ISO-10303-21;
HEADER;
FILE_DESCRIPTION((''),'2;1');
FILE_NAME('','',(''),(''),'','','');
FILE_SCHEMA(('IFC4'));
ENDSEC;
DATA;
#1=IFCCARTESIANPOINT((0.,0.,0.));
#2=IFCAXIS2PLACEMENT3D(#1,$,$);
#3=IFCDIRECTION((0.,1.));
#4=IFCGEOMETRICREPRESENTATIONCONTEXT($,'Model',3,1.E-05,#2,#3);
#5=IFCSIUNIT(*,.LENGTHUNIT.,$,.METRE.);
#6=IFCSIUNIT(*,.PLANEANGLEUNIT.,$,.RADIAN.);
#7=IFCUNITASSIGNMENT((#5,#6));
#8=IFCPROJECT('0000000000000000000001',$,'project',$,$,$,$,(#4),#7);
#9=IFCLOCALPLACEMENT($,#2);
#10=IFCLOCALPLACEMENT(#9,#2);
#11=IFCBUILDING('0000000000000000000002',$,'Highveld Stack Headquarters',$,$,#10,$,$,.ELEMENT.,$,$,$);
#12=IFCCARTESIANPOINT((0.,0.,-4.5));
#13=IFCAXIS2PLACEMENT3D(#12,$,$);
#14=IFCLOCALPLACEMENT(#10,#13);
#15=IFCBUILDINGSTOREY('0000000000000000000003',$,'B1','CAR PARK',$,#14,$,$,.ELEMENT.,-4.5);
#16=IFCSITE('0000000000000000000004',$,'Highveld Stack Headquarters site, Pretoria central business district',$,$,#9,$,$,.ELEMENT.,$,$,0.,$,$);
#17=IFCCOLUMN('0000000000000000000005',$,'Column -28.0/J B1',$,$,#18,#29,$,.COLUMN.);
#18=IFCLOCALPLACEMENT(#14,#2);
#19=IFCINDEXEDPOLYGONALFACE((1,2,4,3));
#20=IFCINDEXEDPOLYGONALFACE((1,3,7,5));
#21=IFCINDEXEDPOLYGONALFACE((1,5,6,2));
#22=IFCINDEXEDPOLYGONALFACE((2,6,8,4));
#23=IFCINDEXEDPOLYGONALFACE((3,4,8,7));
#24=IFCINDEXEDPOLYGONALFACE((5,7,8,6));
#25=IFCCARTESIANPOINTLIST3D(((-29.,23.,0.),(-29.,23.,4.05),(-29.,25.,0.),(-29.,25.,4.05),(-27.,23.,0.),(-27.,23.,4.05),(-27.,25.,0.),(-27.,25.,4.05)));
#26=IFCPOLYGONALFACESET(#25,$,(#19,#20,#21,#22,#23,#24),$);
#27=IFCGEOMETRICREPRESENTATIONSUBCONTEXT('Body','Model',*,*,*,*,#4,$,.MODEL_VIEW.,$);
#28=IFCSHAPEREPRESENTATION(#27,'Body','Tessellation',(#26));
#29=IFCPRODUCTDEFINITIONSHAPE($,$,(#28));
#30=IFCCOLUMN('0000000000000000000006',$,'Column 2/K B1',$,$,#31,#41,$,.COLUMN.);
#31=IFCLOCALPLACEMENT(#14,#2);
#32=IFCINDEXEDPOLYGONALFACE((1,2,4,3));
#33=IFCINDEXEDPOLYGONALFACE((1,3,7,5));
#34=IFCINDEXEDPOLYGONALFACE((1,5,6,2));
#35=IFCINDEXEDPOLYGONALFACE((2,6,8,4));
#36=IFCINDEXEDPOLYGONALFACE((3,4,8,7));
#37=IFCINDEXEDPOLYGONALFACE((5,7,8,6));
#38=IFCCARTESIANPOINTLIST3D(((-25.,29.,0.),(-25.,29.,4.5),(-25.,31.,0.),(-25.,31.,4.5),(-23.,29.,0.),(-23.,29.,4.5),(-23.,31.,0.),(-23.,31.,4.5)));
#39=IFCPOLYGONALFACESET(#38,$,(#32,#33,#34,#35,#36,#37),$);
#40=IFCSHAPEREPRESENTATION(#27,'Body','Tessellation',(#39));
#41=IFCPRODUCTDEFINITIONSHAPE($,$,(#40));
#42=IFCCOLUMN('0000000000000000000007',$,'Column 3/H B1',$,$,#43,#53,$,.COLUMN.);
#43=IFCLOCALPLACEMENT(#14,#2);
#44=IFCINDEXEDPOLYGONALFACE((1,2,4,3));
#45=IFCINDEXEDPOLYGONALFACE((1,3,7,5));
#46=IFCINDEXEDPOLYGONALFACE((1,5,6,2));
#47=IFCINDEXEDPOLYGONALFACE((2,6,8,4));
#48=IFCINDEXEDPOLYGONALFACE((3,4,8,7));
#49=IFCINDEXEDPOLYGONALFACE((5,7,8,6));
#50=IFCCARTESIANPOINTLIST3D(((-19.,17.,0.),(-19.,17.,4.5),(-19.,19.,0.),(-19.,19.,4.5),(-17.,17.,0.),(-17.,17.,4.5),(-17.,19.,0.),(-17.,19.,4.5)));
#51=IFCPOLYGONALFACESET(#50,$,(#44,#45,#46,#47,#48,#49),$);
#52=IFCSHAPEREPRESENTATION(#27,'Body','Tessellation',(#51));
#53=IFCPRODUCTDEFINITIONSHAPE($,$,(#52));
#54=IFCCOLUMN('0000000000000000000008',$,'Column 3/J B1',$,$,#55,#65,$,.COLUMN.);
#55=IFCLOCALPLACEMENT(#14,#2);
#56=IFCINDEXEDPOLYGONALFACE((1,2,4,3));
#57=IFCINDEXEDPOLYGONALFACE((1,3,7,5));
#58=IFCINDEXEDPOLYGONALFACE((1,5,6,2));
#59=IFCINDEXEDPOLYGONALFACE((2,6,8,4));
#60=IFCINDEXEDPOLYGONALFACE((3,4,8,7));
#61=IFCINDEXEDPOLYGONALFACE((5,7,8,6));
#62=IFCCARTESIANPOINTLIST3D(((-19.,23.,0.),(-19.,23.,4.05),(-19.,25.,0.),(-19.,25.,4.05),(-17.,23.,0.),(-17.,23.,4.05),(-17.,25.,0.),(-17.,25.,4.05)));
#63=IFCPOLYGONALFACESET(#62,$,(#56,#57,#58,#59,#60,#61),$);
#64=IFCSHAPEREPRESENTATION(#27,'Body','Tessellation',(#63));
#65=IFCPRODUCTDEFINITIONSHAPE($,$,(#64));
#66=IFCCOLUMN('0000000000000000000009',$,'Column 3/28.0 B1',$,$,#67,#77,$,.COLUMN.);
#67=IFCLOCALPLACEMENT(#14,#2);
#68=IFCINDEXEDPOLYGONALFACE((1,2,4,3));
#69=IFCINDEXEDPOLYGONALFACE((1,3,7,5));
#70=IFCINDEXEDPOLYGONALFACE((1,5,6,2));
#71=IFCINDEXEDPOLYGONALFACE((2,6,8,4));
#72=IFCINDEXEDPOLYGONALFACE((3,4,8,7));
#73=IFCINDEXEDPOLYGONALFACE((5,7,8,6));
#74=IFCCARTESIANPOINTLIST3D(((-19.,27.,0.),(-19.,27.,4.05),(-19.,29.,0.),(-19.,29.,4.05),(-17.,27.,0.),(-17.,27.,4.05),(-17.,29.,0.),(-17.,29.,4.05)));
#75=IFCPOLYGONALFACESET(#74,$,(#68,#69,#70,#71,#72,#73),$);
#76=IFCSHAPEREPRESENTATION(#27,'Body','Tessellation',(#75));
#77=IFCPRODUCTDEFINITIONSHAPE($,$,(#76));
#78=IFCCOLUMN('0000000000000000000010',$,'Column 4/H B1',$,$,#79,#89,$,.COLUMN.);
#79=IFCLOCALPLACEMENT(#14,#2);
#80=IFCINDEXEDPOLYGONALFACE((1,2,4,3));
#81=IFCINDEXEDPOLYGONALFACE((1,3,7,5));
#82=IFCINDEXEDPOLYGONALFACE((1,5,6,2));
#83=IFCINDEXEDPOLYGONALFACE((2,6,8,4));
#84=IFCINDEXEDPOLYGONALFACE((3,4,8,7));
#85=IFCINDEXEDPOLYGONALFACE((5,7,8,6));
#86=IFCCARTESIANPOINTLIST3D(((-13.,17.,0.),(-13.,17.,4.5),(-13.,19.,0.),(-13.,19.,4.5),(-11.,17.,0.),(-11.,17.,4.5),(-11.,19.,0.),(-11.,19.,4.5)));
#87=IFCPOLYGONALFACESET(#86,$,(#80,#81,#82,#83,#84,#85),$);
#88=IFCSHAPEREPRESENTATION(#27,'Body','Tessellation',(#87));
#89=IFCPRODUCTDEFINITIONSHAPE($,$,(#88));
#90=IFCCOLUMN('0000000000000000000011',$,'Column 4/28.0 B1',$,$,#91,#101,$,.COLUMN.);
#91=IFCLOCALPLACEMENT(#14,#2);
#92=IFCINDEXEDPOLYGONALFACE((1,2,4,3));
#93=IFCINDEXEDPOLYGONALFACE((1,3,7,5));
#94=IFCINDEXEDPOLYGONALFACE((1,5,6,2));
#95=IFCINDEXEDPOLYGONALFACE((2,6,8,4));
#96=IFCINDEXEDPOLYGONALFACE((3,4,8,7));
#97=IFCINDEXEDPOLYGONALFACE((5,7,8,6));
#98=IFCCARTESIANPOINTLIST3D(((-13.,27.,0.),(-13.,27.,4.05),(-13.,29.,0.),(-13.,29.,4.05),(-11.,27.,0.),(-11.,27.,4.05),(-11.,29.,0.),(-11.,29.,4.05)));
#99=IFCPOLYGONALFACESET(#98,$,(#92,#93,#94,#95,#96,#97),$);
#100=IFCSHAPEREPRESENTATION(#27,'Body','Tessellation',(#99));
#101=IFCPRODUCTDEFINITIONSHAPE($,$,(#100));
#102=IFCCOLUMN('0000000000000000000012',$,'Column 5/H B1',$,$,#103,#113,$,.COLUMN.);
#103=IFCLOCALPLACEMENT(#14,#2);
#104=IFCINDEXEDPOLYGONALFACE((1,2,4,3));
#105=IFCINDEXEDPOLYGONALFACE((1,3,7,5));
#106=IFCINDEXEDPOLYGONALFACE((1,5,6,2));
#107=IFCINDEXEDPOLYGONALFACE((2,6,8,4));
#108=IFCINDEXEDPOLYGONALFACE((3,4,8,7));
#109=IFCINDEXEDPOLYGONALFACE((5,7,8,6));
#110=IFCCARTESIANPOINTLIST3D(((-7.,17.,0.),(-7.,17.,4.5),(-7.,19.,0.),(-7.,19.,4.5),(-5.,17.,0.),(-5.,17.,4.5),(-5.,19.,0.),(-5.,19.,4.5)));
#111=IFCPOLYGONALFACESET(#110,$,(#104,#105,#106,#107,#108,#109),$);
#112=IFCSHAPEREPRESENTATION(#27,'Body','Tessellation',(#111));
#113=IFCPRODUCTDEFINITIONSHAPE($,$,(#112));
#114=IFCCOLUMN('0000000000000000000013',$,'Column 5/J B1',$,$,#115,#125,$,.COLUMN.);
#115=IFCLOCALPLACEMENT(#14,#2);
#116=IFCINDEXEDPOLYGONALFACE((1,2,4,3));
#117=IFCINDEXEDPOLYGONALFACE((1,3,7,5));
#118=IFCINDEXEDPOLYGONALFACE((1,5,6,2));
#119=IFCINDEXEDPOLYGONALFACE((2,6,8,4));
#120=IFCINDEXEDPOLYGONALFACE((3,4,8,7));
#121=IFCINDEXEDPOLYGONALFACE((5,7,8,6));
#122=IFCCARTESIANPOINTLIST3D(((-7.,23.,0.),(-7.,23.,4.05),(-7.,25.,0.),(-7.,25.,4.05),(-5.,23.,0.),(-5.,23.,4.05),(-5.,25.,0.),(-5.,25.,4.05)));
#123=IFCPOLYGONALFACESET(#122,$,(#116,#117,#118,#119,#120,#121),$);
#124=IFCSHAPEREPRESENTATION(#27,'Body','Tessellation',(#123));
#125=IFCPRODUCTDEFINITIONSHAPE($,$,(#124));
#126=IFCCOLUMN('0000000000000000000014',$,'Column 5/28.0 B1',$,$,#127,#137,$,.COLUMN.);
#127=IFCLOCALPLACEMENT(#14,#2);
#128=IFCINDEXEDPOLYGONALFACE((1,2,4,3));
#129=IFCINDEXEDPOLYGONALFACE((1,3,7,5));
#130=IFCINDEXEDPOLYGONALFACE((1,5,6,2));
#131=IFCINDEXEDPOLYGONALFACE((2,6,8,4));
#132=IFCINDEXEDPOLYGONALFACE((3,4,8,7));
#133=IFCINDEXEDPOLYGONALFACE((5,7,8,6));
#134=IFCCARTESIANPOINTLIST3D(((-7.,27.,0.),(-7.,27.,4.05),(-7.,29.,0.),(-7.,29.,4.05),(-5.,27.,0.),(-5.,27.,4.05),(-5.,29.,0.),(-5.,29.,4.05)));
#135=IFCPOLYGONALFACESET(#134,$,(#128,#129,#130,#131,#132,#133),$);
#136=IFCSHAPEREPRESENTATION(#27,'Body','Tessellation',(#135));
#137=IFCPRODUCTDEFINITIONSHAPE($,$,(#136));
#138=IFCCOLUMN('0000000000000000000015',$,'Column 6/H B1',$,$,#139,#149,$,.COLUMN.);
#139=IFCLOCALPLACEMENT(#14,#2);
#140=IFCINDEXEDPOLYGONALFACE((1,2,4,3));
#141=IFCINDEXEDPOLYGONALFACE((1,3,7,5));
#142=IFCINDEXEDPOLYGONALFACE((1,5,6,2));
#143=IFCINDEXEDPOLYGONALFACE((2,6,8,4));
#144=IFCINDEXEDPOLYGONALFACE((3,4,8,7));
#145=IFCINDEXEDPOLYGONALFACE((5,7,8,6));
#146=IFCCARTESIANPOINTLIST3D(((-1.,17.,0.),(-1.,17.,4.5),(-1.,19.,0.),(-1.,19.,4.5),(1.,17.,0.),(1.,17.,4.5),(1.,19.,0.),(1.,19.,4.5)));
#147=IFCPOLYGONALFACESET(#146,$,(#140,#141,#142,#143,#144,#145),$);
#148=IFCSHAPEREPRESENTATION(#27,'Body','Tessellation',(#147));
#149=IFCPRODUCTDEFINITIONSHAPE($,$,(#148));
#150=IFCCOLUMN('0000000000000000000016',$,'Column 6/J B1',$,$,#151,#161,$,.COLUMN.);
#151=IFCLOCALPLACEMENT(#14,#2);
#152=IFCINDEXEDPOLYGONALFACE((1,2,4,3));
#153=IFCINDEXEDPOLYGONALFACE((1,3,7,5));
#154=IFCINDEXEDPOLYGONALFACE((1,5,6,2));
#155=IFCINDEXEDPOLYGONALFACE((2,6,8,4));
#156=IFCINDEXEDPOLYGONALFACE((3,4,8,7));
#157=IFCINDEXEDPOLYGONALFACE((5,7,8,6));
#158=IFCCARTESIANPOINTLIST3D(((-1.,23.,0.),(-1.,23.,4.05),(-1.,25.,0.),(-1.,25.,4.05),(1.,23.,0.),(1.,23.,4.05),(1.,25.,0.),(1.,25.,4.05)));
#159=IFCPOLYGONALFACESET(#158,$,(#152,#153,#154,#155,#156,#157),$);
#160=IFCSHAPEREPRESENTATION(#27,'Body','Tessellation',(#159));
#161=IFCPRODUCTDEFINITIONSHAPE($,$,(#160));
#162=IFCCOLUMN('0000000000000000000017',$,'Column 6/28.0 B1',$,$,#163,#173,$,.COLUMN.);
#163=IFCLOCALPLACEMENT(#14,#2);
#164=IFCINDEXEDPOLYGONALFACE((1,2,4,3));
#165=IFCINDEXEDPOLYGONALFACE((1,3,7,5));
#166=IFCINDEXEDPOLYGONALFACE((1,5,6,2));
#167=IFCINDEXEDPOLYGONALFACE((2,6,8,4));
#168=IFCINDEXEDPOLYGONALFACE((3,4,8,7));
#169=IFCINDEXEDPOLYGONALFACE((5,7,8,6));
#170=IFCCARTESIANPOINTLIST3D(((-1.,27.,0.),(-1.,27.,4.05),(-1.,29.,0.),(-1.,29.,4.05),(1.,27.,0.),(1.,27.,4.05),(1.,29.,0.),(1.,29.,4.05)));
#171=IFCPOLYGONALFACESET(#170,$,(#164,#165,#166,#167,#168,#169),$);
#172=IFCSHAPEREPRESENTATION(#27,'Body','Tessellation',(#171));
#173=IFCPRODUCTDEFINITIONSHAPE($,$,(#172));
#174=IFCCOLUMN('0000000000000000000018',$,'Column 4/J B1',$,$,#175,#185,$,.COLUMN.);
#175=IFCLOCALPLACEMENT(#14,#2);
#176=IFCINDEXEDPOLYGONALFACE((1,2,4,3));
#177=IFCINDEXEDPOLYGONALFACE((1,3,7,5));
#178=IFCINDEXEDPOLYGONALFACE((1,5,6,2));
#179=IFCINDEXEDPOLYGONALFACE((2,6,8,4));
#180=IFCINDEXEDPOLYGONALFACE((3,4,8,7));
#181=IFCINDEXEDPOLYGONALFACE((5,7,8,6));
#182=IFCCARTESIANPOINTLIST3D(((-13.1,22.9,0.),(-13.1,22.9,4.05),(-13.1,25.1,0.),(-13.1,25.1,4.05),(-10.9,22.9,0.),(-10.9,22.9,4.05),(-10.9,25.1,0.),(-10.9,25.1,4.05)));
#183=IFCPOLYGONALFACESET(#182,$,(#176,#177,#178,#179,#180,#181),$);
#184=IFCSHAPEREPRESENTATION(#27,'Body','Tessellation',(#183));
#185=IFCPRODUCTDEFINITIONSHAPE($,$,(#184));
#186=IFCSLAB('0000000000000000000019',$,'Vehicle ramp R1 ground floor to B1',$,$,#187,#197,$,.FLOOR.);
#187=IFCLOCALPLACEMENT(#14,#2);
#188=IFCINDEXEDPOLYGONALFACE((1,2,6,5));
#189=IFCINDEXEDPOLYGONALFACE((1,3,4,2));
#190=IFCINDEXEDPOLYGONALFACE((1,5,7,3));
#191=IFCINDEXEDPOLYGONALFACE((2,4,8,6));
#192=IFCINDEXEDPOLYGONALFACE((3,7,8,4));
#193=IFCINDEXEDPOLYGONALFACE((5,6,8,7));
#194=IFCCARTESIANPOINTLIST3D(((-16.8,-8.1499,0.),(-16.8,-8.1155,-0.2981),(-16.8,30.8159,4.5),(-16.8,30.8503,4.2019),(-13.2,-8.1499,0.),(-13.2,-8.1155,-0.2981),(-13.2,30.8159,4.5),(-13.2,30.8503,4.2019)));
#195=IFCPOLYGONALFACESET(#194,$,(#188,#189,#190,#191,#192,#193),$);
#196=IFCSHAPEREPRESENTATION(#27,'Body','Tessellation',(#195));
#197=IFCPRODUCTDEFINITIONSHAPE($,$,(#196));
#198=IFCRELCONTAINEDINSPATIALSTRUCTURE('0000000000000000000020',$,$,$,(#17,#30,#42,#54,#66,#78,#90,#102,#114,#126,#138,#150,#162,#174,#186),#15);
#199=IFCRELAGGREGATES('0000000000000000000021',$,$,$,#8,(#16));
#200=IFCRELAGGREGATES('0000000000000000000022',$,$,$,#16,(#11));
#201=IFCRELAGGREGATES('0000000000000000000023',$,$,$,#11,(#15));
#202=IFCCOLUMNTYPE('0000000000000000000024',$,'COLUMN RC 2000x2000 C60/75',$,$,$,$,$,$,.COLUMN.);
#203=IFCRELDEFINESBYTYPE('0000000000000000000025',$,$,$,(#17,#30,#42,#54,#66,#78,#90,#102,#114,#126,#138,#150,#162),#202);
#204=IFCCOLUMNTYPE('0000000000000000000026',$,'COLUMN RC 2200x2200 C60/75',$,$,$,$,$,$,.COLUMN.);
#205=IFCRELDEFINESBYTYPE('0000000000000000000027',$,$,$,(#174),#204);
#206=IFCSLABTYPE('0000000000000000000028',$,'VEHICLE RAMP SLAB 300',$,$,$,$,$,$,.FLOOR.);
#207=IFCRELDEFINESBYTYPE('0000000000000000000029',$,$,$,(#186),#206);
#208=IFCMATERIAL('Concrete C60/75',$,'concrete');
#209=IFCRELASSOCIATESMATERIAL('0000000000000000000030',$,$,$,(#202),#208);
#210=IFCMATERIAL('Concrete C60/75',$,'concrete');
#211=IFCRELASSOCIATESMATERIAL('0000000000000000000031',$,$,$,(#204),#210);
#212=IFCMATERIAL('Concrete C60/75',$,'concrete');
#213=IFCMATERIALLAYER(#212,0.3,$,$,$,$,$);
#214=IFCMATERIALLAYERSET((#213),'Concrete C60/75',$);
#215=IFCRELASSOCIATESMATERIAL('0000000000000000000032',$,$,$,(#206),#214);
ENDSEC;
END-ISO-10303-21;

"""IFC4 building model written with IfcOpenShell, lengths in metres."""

from ifc_helpers import new_model, si_unit, direction, frame, origin, origin_2d, place, context, subcontext, project, spatial, polyline, rectangle, outline, extrude, material, layer, layer_set, material_profile, profile_set, type_object, element, save


model = new_model("IFC4")

# Units and contexts
model_context = context("Model", 3, precision=1e-05, world=origin(), true_north=direction((0.0, 1.0)))
body_context = subcontext(model_context, "Body", "Model", "MODEL_VIEW")
ifc_project = project(units=[si_unit("LENGTHUNIT", "METRE"), si_unit("PLANEANGLEUNIT", "RADIAN")], contexts=[model_context])

# Site, building, storey
site_placement = place(None, origin())
site = spatial("IfcSite", under=ifc_project, at=site_placement, Name="Highveld Stack Headquarters site, Pretoria central business district", CompositionType="ELEMENT", RefElevation=0.0)
building_placement = place(site_placement, origin())
building = spatial("IfcBuilding", under=site, at=building_placement, Name="Highveld Stack Headquarters", CompositionType="ELEMENT")
storey_placement = place(building_placement, frame((0.0, 0.0, -4.5)))
storey = spatial("IfcBuildingStorey", under=building, at=storey_placement, Name="B1", Description="CAR PARK", CompositionType="ELEMENT", Elevation=-4.5)

# Columns
ifc_material_1 = material(Name="Concrete C60/75", Category="concrete")
ifc_material_profile_1 = material_profile(ifc_material_1, rectangle(XDim=2.0, YDim=2.0, at=origin_2d()), Name="RC 2000x2000")
ifc_profile_set_1 = profile_set([ifc_material_profile_1], Name="Concrete C60/75")
column_type_1 = type_object("IfcColumnType", Name="COLUMN RC 2000x2000 C60/75", PredefinedType="COLUMN", material=ifc_profile_set_1)
column_1_placement = place(storey_placement, frame((-28.0, 24.0, 0.0), z_axis=(0.0, 0.0, 1.0), x_axis=(1.0, 0.0, 0.0)))
element("IfcColumn", 1, at=column_1_placement, inside=storey, type_object=column_type_1, Name="Column -28.0/J B1", PredefinedType="COLUMN", context=body_context, shape_type="SweptSolid", body=[
    extrude(rectangle(XDim=2.0, YDim=2.0, at=origin_2d()), origin(), (0.0, 0.0, 1.0), 4.05),
])
for number, where, z_axis, x_axis, name in (
    (2, (-24.0, 30.0, 0.0), (0.0, 0.0, 1.0), (1.0, 0.0, 0.0), "Column 2/K B1"),
    (3, (-18.0, 18.0, 0.0), (0.0, 0.0, 1.0), (1.0, 0.0, 0.0), "Column 3/H B1"),
):
    element("IfcColumn", number, at=place(storey_placement, frame(where, z_axis=z_axis, x_axis=x_axis)), inside=storey, type_object=column_type_1, Name=name, PredefinedType="COLUMN", context=body_context, shape_type="SweptSolid", body=[
        extrude(rectangle(XDim=2.0, YDim=2.0, at=origin_2d()), origin(), (0.0, 0.0, 1.0), 4.5),
    ])
for number, where, z_axis, x_axis, name in (
    (4, (-18.0, 24.0, 0.0), (0.0, 0.0, 1.0), (1.0, 0.0, 0.0), "Column 3/J B1"),
    (5, (-18.0, 28.0, 0.0), (0.0, 0.0, 1.0), (1.0, 0.0, 0.0), "Column 3/28.0 B1"),
):
    element("IfcColumn", number, at=place(storey_placement, frame(where, z_axis=z_axis, x_axis=x_axis)), inside=storey, type_object=column_type_1, Name=name, PredefinedType="COLUMN", context=body_context, shape_type="SweptSolid", body=[
        extrude(rectangle(XDim=2.0, YDim=2.0, at=origin_2d()), origin(), (0.0, 0.0, 1.0), 4.05),
    ])
column_2_placement = place(storey_placement, frame((-12.0, 18.0, 0.0), z_axis=(0.0, 0.0, 1.0), x_axis=(1.0, 0.0, 0.0)))
element("IfcColumn", 6, at=column_2_placement, inside=storey, type_object=column_type_1, Name="Column 4/H B1", PredefinedType="COLUMN", context=body_context, shape_type="SweptSolid", body=[
    extrude(rectangle(XDim=2.0, YDim=2.0, at=origin_2d()), origin(), (0.0, 0.0, 1.0), 4.5),
])
column_3_placement = place(storey_placement, frame((-12.0, 28.0, 0.0), z_axis=(0.0, 0.0, 1.0), x_axis=(1.0, 0.0, 0.0)))
element("IfcColumn", 7, at=column_3_placement, inside=storey, type_object=column_type_1, Name="Column 4/28.0 B1", PredefinedType="COLUMN", context=body_context, shape_type="SweptSolid", body=[
    extrude(rectangle(XDim=2.0, YDim=2.0, at=origin_2d()), origin(), (0.0, 0.0, 1.0), 4.05),
])
column_4_placement = place(storey_placement, frame((-6.0, 18.0, 0.0), z_axis=(0.0, 0.0, 1.0), x_axis=(1.0, 0.0, 0.0)))
element("IfcColumn", 8, at=column_4_placement, inside=storey, type_object=column_type_1, Name="Column 5/H B1", PredefinedType="COLUMN", context=body_context, shape_type="SweptSolid", body=[
    extrude(rectangle(XDim=2.0, YDim=2.0, at=origin_2d()), origin(), (0.0, 0.0, 1.0), 4.5),
])
for number, where, z_axis, x_axis, name in (
    (9, (-6.0, 24.0, 0.0), (0.0, 0.0, 1.0), (1.0, 0.0, 0.0), "Column 5/J B1"),
    (10, (-6.0, 28.0, 0.0), (0.0, 0.0, 1.0), (1.0, 0.0, 0.0), "Column 5/28.0 B1"),
):
    element("IfcColumn", number, at=place(storey_placement, frame(where, z_axis=z_axis, x_axis=x_axis)), inside=storey, type_object=column_type_1, Name=name, PredefinedType="COLUMN", context=body_context, shape_type="SweptSolid", body=[
        extrude(rectangle(XDim=2.0, YDim=2.0, at=origin_2d()), origin(), (0.0, 0.0, 1.0), 4.05),
    ])
column_5_placement = place(storey_placement, frame((0.0, 18.0, 0.0), z_axis=(0.0, 0.0, 1.0), x_axis=(1.0, 0.0, 0.0)))
element("IfcColumn", 11, at=column_5_placement, inside=storey, type_object=column_type_1, Name="Column 6/H B1", PredefinedType="COLUMN", context=body_context, shape_type="SweptSolid", body=[
    extrude(rectangle(XDim=2.0, YDim=2.0, at=origin_2d()), origin(), (0.0, 0.0, 1.0), 4.5),
])
for number, where, z_axis, x_axis, name in (
    (12, (0.0, 24.0, 0.0), (0.0, 0.0, 1.0), (1.0, 0.0, 0.0), "Column 6/J B1"),
    (13, (0.0, 28.0, 0.0), (0.0, 0.0, 1.0), (1.0, 0.0, 0.0), "Column 6/28.0 B1"),
):
    element("IfcColumn", number, at=place(storey_placement, frame(where, z_axis=z_axis, x_axis=x_axis)), inside=storey, type_object=column_type_1, Name=name, PredefinedType="COLUMN", context=body_context, shape_type="SweptSolid", body=[
        extrude(rectangle(XDim=2.0, YDim=2.0, at=origin_2d()), origin(), (0.0, 0.0, 1.0), 4.05),
    ])
ifc_material_2 = material(Name="Concrete C60/75", Category="concrete")
ifc_material_profile_2 = material_profile(ifc_material_2, rectangle(XDim=2.2, YDim=2.2, at=origin_2d()), Name="RC 2200x2200")
ifc_profile_set_2 = profile_set([ifc_material_profile_2], Name="Concrete C60/75")
column_type_2 = type_object("IfcColumnType", Name="COLUMN RC 2200x2200 C60/75", PredefinedType="COLUMN", material=ifc_profile_set_2)
column_6_placement = place(storey_placement, frame((-12.0, 24.0, 0.0), z_axis=(0.0, 0.0, 1.0), x_axis=(1.0, 0.0, 0.0)))
element("IfcColumn", 14, at=column_6_placement, inside=storey, type_object=column_type_2, Name="Column 4/J B1", PredefinedType="COLUMN", context=body_context, shape_type="SweptSolid", body=[
    extrude(rectangle(XDim=2.2, YDim=2.2, at=origin_2d()), origin(), (0.0, 0.0, 1.0), 4.05),
])

# Slab
ifc_material_3 = material(Name="Concrete C60/75", Category="concrete")
ifc_layer_1 = layer(ifc_material_3, 0.3)
ifc_layer_set_1 = layer_set([ifc_layer_1], Name="Concrete C60/75")
slab_type = type_object("IfcSlabType", Name="VEHICLE RAMP SLAB 300", PredefinedType="FLOOR", material=ifc_layer_set_1)
slab_placement = place(storey_placement, frame((-16.8, 30.8159, 4.5), z_axis=(0.0, -0.114723, 0.993397), x_axis=(0.0, -0.993397, -0.114723)))
element("IfcSlab", 15, at=slab_placement, inside=storey, type_object=slab_type, Name="Vehicle ramp R1 ground floor to B1", PredefinedType="FLOOR", context=body_context, shape_type="SweptSolid", body=[
    extrude(outline(polyline([(0.0, 0.0), (39.2248, 0.0), (39.2248, 3.6001), (0.0, 3.6001), (0.0, 0.0)])), origin(), (0.0, 0.0, -1.0), 0.3),
])

save(model, "model.ifc")
